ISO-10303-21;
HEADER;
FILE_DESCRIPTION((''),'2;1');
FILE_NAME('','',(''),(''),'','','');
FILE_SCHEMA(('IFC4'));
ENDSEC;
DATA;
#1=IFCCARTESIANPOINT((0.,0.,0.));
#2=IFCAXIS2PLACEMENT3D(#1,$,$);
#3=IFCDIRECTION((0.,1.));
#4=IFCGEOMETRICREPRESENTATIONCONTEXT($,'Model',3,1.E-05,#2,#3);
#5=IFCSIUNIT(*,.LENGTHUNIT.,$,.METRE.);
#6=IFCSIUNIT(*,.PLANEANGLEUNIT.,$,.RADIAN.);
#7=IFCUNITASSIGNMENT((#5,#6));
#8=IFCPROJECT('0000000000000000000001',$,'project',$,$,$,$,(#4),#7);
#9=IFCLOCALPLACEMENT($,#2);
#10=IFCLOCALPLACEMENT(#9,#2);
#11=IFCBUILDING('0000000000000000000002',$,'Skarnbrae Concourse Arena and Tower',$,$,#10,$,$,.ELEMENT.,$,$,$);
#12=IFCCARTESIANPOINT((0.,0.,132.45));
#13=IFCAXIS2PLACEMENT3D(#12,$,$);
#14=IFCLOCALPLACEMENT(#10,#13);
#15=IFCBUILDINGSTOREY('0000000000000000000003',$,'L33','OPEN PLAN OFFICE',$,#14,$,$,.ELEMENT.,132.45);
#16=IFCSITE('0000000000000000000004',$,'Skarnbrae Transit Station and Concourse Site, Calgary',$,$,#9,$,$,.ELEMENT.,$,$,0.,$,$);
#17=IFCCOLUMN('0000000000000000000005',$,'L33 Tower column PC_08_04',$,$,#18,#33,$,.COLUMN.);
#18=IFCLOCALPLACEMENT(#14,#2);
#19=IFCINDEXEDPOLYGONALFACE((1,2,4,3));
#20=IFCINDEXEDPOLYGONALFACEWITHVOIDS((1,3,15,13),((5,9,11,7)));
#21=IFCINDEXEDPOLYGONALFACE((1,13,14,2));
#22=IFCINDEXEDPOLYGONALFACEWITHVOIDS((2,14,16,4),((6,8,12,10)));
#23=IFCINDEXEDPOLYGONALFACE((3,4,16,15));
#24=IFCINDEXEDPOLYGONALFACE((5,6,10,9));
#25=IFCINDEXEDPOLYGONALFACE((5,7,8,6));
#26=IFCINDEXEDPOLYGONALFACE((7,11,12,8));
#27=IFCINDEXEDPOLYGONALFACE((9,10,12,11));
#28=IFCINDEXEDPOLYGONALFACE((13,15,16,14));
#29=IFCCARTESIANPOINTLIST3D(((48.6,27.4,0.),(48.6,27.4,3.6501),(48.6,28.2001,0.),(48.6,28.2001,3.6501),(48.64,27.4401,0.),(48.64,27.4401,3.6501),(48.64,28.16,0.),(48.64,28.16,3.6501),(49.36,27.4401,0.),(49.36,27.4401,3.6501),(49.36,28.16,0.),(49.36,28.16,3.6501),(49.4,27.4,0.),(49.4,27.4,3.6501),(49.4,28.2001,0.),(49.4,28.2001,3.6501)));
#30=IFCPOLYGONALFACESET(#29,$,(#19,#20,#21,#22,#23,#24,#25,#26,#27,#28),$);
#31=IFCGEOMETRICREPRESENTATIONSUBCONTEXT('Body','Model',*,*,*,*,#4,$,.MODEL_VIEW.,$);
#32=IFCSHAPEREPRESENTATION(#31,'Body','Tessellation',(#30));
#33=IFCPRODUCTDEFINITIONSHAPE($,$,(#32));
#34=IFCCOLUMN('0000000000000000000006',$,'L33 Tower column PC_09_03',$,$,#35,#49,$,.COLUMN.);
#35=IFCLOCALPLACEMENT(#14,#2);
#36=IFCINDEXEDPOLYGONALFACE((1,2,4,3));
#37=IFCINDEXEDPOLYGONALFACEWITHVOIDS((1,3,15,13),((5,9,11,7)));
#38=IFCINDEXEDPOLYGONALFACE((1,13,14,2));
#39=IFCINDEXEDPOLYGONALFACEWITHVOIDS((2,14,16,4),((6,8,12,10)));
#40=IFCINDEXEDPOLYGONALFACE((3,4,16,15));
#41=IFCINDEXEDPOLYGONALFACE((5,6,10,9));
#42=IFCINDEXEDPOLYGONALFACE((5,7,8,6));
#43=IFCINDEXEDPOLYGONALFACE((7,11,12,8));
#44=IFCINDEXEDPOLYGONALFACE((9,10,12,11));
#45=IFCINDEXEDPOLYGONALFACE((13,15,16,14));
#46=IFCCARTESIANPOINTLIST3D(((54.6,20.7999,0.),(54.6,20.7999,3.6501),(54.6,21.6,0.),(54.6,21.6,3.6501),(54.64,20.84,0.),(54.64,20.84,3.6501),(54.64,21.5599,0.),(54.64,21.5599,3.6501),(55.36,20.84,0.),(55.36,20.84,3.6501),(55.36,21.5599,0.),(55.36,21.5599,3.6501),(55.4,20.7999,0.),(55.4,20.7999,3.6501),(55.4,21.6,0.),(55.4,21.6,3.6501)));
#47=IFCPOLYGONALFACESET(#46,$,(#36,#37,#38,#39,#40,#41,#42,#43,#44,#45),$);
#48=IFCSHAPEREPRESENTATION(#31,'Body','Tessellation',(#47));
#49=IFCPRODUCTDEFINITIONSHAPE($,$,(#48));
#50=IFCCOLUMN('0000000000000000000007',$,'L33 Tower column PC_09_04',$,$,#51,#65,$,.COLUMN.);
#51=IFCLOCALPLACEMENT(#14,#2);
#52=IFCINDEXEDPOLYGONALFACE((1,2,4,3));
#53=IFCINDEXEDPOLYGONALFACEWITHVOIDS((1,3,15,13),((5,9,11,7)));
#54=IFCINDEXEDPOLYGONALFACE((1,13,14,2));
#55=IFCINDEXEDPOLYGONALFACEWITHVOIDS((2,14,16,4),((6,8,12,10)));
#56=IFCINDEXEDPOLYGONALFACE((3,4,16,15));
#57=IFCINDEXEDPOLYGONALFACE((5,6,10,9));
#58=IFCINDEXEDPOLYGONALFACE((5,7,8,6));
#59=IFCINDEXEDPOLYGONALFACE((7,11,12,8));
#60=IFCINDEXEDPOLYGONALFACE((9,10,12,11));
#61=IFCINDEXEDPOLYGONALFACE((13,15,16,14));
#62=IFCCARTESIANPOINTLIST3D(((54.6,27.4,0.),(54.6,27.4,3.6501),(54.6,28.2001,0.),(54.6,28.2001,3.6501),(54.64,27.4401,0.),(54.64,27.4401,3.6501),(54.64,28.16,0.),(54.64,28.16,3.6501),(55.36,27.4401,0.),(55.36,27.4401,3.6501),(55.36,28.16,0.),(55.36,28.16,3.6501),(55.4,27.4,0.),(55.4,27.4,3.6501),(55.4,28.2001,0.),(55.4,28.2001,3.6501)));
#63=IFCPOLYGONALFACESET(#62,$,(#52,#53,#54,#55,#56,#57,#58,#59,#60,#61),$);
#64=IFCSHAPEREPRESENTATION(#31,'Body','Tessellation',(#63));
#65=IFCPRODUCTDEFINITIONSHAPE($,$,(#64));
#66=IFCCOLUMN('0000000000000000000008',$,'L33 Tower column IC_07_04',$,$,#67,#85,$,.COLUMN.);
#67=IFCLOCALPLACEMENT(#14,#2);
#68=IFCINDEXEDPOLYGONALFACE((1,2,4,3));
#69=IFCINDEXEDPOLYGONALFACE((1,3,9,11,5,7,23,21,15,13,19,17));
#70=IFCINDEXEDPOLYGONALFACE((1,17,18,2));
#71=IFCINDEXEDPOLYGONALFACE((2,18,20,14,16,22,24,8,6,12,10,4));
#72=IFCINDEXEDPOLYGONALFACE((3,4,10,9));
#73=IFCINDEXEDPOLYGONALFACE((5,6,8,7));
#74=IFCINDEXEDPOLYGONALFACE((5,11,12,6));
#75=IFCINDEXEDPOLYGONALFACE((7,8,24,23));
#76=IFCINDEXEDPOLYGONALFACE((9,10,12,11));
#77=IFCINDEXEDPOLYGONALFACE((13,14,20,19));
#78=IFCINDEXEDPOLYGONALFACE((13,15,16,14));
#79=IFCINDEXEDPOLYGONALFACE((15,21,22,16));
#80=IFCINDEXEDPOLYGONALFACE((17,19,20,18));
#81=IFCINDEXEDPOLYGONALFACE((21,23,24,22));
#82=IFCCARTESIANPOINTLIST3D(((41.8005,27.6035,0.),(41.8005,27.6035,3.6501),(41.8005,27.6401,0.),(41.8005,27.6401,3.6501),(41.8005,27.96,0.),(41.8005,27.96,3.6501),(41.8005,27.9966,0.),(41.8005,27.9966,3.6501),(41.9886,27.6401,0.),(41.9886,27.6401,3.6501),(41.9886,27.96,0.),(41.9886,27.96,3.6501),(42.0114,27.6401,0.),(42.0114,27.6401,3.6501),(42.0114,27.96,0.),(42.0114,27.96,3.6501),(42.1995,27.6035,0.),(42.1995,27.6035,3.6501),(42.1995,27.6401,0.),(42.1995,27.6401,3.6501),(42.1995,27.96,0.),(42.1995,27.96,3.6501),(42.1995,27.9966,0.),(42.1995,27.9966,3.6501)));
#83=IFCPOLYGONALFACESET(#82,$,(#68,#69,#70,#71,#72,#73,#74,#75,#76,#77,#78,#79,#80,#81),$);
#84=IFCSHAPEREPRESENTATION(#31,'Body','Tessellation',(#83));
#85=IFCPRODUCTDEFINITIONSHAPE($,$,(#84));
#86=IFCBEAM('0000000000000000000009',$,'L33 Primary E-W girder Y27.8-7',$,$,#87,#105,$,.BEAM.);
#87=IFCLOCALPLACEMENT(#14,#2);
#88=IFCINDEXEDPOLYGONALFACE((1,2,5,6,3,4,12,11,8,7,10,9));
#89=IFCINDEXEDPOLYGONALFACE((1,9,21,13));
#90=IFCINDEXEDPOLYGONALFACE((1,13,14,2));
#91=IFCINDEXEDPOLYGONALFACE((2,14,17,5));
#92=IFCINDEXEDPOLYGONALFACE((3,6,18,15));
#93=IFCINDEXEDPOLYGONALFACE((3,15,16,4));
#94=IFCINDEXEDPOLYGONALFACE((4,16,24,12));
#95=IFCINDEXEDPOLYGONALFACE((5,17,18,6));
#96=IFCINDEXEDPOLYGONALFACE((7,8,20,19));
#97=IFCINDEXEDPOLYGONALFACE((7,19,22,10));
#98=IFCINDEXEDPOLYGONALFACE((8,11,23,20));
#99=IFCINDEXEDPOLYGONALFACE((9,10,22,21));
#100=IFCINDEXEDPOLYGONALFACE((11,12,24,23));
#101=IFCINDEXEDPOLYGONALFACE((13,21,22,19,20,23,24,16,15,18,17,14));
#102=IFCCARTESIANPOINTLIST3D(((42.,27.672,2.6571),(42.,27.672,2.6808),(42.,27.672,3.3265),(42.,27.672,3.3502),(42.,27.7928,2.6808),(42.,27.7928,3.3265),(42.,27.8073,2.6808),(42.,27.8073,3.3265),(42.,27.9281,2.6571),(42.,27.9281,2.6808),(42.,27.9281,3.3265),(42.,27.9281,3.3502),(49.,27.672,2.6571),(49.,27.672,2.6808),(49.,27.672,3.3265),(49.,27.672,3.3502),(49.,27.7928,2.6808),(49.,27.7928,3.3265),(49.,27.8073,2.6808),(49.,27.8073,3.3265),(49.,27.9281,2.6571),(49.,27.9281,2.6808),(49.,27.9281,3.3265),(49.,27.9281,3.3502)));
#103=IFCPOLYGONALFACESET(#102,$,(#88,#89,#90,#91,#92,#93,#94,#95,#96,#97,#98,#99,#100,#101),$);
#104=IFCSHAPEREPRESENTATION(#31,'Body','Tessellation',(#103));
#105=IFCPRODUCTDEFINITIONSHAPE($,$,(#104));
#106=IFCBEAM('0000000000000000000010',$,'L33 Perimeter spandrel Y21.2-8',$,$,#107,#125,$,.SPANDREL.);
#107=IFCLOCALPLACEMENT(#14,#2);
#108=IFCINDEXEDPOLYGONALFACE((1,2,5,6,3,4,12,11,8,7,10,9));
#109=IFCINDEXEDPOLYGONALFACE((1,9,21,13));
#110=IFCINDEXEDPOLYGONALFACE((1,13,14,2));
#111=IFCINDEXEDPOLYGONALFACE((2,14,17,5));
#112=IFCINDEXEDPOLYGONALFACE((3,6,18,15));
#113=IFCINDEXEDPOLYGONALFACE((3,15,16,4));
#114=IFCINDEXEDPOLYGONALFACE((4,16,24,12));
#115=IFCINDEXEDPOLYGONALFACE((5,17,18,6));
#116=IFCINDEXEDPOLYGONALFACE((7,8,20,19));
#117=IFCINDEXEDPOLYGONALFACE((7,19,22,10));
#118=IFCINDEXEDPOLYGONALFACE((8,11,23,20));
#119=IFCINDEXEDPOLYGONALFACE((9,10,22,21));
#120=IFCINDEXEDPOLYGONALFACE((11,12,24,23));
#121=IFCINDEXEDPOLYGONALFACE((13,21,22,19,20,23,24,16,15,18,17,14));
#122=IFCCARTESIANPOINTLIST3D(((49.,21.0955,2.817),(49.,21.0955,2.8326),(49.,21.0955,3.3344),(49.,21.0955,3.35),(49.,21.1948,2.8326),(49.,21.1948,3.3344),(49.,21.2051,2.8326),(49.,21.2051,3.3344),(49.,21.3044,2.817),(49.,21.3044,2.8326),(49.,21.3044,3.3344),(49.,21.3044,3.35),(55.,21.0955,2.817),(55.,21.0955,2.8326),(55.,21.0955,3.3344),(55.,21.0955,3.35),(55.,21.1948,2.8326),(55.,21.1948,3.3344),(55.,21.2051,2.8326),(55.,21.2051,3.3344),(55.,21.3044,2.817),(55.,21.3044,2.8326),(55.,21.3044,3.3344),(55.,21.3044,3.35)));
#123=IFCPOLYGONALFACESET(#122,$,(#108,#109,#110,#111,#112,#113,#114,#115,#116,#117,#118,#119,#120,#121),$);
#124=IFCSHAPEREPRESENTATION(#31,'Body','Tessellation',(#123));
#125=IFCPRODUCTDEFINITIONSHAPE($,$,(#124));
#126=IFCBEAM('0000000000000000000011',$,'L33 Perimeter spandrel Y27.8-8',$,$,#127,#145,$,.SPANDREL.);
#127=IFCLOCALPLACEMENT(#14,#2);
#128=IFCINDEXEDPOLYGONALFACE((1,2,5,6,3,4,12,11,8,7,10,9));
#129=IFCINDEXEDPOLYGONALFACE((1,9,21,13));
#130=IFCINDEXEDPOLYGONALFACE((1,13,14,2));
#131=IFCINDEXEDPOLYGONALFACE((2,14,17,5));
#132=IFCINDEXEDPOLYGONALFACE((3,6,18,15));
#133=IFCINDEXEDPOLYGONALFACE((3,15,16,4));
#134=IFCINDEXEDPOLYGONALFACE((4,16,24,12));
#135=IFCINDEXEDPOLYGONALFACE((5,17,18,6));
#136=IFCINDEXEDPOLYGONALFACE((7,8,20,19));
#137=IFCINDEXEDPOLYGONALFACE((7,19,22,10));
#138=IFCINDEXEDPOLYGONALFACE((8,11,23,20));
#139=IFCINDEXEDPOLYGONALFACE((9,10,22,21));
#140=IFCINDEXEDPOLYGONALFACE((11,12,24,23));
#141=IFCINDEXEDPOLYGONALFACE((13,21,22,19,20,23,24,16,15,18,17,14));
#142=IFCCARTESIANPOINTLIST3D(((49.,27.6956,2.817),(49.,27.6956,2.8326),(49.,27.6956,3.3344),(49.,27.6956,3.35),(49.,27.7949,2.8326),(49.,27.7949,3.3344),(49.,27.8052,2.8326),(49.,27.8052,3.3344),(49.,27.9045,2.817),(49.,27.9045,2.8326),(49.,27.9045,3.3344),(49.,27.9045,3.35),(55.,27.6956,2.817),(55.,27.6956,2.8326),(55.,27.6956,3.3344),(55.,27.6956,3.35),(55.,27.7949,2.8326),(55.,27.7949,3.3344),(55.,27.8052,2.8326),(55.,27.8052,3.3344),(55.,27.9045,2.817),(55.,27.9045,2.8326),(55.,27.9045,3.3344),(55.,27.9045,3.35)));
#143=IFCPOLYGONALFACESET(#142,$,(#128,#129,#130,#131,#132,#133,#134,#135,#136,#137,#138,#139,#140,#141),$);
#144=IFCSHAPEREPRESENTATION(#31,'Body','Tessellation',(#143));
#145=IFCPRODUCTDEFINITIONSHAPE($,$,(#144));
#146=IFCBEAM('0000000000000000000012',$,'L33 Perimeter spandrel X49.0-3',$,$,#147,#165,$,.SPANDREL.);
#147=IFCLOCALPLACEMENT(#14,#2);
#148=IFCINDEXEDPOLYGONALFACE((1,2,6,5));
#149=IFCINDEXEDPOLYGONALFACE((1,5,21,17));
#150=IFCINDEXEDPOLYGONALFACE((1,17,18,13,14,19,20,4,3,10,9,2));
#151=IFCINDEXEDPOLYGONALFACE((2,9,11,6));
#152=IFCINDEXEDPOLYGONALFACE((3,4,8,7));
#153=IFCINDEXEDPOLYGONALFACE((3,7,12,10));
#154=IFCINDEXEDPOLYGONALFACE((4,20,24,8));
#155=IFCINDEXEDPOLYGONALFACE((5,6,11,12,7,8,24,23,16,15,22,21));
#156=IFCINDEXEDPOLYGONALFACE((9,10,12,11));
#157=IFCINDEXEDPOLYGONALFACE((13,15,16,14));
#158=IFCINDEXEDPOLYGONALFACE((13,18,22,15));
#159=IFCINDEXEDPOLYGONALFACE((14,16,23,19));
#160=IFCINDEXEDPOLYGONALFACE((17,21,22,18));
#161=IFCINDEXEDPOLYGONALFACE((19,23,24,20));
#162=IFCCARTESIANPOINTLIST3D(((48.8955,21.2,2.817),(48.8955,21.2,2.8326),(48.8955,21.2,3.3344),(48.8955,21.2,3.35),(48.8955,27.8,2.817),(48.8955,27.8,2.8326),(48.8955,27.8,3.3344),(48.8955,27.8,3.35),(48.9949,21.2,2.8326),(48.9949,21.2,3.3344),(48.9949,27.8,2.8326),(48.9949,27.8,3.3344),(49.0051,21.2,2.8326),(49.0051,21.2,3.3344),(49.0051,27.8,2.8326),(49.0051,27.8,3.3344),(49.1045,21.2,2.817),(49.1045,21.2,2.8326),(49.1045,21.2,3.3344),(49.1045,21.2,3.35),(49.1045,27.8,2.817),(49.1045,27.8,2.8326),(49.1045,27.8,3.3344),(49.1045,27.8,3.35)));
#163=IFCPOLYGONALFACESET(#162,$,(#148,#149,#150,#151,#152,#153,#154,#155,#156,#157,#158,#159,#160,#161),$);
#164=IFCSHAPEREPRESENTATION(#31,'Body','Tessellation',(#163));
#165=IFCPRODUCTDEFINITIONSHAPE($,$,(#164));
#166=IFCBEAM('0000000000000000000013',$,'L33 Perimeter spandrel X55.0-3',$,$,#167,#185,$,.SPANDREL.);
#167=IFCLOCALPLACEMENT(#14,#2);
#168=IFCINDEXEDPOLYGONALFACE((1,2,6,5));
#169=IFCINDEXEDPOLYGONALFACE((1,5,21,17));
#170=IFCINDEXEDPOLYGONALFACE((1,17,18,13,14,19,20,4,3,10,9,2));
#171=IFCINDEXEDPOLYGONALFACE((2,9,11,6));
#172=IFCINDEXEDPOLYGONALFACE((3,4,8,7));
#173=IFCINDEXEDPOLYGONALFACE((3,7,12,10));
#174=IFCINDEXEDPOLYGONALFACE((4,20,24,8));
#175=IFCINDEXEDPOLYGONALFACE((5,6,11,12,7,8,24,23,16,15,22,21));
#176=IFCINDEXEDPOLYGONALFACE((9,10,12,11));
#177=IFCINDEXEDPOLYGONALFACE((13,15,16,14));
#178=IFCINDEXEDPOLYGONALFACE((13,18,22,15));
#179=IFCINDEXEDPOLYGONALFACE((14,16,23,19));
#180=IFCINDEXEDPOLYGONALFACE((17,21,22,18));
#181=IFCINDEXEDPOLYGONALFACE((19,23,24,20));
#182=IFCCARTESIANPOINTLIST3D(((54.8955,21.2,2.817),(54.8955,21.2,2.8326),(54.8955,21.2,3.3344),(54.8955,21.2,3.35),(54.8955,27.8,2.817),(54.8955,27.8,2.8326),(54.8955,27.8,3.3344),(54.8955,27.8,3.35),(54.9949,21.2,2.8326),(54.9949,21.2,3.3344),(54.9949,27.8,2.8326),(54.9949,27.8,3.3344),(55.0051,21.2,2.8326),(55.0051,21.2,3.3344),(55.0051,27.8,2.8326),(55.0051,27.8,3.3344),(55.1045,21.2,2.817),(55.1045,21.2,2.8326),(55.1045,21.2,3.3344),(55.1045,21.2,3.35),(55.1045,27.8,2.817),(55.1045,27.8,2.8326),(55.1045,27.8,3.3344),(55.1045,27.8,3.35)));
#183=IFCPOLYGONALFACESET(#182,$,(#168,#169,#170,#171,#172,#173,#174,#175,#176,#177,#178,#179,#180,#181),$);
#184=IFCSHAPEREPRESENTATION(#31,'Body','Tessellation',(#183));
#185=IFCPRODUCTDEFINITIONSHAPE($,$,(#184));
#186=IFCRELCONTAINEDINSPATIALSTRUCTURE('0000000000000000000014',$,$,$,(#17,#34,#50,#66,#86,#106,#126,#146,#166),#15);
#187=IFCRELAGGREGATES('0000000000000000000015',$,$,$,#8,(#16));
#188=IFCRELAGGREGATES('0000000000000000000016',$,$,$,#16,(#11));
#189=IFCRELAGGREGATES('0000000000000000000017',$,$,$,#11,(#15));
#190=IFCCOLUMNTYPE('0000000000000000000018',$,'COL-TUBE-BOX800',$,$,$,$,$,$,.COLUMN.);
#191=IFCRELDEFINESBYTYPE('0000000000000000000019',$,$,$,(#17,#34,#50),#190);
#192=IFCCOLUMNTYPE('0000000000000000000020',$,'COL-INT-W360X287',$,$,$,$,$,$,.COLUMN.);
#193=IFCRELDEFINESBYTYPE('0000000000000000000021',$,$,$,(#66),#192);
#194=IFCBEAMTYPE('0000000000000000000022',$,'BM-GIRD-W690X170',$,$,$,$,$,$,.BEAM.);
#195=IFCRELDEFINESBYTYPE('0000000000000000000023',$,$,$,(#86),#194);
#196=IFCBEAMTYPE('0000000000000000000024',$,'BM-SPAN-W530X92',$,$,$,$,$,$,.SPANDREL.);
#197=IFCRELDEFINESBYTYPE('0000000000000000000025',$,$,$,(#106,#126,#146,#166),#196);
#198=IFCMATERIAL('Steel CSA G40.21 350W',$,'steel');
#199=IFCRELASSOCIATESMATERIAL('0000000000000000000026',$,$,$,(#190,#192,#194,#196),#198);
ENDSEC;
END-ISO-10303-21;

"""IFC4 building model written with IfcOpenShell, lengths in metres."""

from ifc_helpers import new_model, si_unit, direction, frame, origin, origin_2d, place, context, subcontext, project, spatial, hollow_rectangle, i_section, extrude, source, transform, mapped, material, material_profile, profile_set, type_object, element, save


model = new_model("IFC4")

# Units and contexts
model_context = context("Model", 3, precision=1e-05, world=origin(), true_north=direction((0.0, 1.0)))
body_context = subcontext(model_context, "Body", "Model", "MODEL_VIEW")
ifc_project = project(units=[si_unit("LENGTHUNIT", "METRE"), si_unit("PLANEANGLEUNIT", "RADIAN")], contexts=[model_context])

# Site, building, storey
site_placement = place(None, origin())
site = spatial("IfcSite", under=ifc_project, at=site_placement, Name="Skarnbrae Transit Station and Concourse Site, Calgary", CompositionType="ELEMENT", RefElevation=0.0)
building_placement = place(site_placement, origin())
building = spatial("IfcBuilding", under=site, at=building_placement, Name="Skarnbrae Concourse Arena and Tower", CompositionType="ELEMENT")
storey_placement = place(building_placement, frame((0.0, 0.0, 132.45)))
storey = spatial("IfcBuildingStorey", under=building, at=storey_placement, Name="L33", Description="OPEN PLAN OFFICE", CompositionType="ELEMENT", Elevation=132.45)

# Columns
ifc_material_1 = material(Name="Steel CSA G40.21 350W", Category="steel")
ifc_material_profile_1 = material_profile(ifc_material_1, hollow_rectangle(XDim=0.8, YDim=0.8, WallThickness=0.04, at=origin_2d()), Name="BOX800X800X40")
ifc_profile_set_1 = profile_set([ifc_material_profile_1], Name="Steel CSA G40.21 350W")
column_type_1 = type_object("IfcColumnType", Name="COL-TUBE-BOX800", PredefinedType="COLUMN", material=ifc_profile_set_1)
shared_shape_1 = source(origin(), body_context, "Body", "SweptSolid", [
    extrude(hollow_rectangle(XDim=0.8, YDim=0.8, WallThickness=0.04, at=origin_2d()), origin(), (0.0, 0.0, 1.0), 3.6501),
])
for number, where, z_axis, x_axis, name in (
    (1, (49.0, 27.8, 0.0), (0.0, 0.0, 1.0), (1.0, 0.0, 0.0), "L33 Tower column PC_08_04"),
    (2, (55.0, 21.2, 0.0), (0.0, 0.0, 1.0), (1.0, 0.0, 0.0), "L33 Tower column PC_09_03"),
    (3, (55.0, 27.8, 0.0), (0.0, 0.0, 1.0), (1.0, 0.0, 0.0), "L33 Tower column PC_09_04"),
):
    element("IfcColumn", number, at=place(storey_placement, frame(where, z_axis=z_axis, x_axis=x_axis)), inside=storey, type_object=column_type_1, Name=name, PredefinedType="COLUMN", context=body_context, shape_type="MappedRepresentation", body=[
        mapped(shared_shape_1, transform((0.0, 0.0, 0.0))),
    ])
ifc_material_profile_2 = material_profile(ifc_material_1, i_section(OverallWidth=0.3989, OverallDepth=0.3931, WebThickness=0.0227, FlangeThickness=0.0366, at=origin_2d()), Name="W360X287")
ifc_profile_set_2 = profile_set([ifc_material_profile_2], Name="Steel CSA G40.21 350W")
column_type_2 = type_object("IfcColumnType", Name="COL-INT-W360X287", PredefinedType="COLUMN", material=ifc_profile_set_2)
shared_shape_2 = source(origin(), body_context, "Body", "SweptSolid", [
    extrude(i_section(OverallWidth=0.3989, OverallDepth=0.3931, WebThickness=0.0227, FlangeThickness=0.0366, at=origin_2d()), origin(), (0.0, 0.0, 1.0), 3.6501),
])
column_placement = place(storey_placement, frame((42.0, 27.8, 0.0), z_axis=(0.0, 0.0, 1.0), x_axis=(1.0, 0.0, 0.0)))
element("IfcColumn", 4, at=column_placement, inside=storey, type_object=column_type_2, Name="L33 Tower column IC_07_04", PredefinedType="COLUMN", context=body_context, shape_type="MappedRepresentation", body=[
    mapped(shared_shape_2, transform((0.0, 0.0, 0.0))),
])

# Beams
ifc_material_profile_3 = material_profile(ifc_material_1, i_section(OverallWidth=0.2561, OverallDepth=0.6931, WebThickness=0.0144, FlangeThickness=0.0237, at=origin_2d()), Name="W690X170")
ifc_profile_set_3 = profile_set([ifc_material_profile_3], Name="Steel CSA G40.21 350W")
beam_type_1 = type_object("IfcBeamType", Name="BM-GIRD-W690X170", PredefinedType="BEAM", material=ifc_profile_set_3)
shared_shape_3 = source(origin(), body_context, "Body", "SweptSolid", [
    extrude(i_section(OverallWidth=0.2561, OverallDepth=0.6931, WebThickness=0.0144, FlangeThickness=0.0237, at=origin_2d()), origin(), (0.0, 0.0, 1.0), 7.0),
])
beam_1_placement = place(storey_placement, frame((42.0, 27.8, 3.0037), z_axis=(1.0, 0.0, 0.0), x_axis=(0.0, 1.0, 0.0)))
element("IfcBeam", 5, at=beam_1_placement, inside=storey, type_object=beam_type_1, Name="L33 Primary E-W girder Y27.8-7", PredefinedType="BEAM", context=body_context, shape_type="MappedRepresentation", body=[
    mapped(shared_shape_3, transform((0.0, 0.0, 0.0))),
])
ifc_material_profile_4 = material_profile(ifc_material_1, i_section(OverallWidth=0.209, OverallDepth=0.533, WebThickness=0.0103, FlangeThickness=0.0156, at=origin_2d()), Name="W530X92")
ifc_profile_set_4 = profile_set([ifc_material_profile_4], Name="Steel CSA G40.21 350W")
beam_type_2 = type_object("IfcBeamType", Name="BM-SPAN-W530X92", PredefinedType="SPANDREL", material=ifc_profile_set_4)
shared_shape_4 = source(origin(), body_context, "Body", "SweptSolid", [
    extrude(i_section(OverallWidth=0.209, OverallDepth=0.533, WebThickness=0.0103, FlangeThickness=0.0156, at=origin_2d()), origin(), (0.0, 0.0, 1.0), 6.0),
])
for number, where, z_axis, x_axis, name in (
    (6, (49.0, 21.2, 3.0835), (1.0, 0.0, 0.0), (0.0, 1.0, 0.0), "L33 Perimeter spandrel Y21.2-8"),
    (7, (49.0, 27.8, 3.0835), (1.0, 0.0, 0.0), (0.0, 1.0, 0.0), "L33 Perimeter spandrel Y27.8-8"),
):
    element("IfcBeam", number, at=place(storey_placement, frame(where, z_axis=z_axis, x_axis=x_axis)), inside=storey, type_object=beam_type_2, Name=name, PredefinedType="SPANDREL", context=body_context, shape_type="MappedRepresentation", body=[
        mapped(shared_shape_4, transform((0.0, 0.0, 0.0))),
    ])
shared_shape_5 = source(origin(), body_context, "Body", "SweptSolid", [
    extrude(i_section(OverallWidth=0.209, OverallDepth=0.533, WebThickness=0.0103, FlangeThickness=0.0156, at=origin_2d()), origin(), (0.0, 0.0, 1.0), 6.6001),
])
for number, where, z_axis, x_axis, name in (
    (8, (49.0, 21.2, 3.0835), (0.0, 1.0, 0.0), (-1.0, 0.0, 0.0), "L33 Perimeter spandrel X49.0-3"),
    (9, (55.0, 21.2, 3.0835), (0.0, 1.0, 0.0), (-1.0, 0.0, 0.0), "L33 Perimeter spandrel X55.0-3"),
):
    element("IfcBeam", number, at=place(storey_placement, frame(where, z_axis=z_axis, x_axis=x_axis)), inside=storey, type_object=beam_type_2, Name=name, PredefinedType="SPANDREL", context=body_context, shape_type="MappedRepresentation", body=[
        mapped(shared_shape_5, transform((0.0, 0.0, 0.0))),
    ])

save(model, "model.ifc")
